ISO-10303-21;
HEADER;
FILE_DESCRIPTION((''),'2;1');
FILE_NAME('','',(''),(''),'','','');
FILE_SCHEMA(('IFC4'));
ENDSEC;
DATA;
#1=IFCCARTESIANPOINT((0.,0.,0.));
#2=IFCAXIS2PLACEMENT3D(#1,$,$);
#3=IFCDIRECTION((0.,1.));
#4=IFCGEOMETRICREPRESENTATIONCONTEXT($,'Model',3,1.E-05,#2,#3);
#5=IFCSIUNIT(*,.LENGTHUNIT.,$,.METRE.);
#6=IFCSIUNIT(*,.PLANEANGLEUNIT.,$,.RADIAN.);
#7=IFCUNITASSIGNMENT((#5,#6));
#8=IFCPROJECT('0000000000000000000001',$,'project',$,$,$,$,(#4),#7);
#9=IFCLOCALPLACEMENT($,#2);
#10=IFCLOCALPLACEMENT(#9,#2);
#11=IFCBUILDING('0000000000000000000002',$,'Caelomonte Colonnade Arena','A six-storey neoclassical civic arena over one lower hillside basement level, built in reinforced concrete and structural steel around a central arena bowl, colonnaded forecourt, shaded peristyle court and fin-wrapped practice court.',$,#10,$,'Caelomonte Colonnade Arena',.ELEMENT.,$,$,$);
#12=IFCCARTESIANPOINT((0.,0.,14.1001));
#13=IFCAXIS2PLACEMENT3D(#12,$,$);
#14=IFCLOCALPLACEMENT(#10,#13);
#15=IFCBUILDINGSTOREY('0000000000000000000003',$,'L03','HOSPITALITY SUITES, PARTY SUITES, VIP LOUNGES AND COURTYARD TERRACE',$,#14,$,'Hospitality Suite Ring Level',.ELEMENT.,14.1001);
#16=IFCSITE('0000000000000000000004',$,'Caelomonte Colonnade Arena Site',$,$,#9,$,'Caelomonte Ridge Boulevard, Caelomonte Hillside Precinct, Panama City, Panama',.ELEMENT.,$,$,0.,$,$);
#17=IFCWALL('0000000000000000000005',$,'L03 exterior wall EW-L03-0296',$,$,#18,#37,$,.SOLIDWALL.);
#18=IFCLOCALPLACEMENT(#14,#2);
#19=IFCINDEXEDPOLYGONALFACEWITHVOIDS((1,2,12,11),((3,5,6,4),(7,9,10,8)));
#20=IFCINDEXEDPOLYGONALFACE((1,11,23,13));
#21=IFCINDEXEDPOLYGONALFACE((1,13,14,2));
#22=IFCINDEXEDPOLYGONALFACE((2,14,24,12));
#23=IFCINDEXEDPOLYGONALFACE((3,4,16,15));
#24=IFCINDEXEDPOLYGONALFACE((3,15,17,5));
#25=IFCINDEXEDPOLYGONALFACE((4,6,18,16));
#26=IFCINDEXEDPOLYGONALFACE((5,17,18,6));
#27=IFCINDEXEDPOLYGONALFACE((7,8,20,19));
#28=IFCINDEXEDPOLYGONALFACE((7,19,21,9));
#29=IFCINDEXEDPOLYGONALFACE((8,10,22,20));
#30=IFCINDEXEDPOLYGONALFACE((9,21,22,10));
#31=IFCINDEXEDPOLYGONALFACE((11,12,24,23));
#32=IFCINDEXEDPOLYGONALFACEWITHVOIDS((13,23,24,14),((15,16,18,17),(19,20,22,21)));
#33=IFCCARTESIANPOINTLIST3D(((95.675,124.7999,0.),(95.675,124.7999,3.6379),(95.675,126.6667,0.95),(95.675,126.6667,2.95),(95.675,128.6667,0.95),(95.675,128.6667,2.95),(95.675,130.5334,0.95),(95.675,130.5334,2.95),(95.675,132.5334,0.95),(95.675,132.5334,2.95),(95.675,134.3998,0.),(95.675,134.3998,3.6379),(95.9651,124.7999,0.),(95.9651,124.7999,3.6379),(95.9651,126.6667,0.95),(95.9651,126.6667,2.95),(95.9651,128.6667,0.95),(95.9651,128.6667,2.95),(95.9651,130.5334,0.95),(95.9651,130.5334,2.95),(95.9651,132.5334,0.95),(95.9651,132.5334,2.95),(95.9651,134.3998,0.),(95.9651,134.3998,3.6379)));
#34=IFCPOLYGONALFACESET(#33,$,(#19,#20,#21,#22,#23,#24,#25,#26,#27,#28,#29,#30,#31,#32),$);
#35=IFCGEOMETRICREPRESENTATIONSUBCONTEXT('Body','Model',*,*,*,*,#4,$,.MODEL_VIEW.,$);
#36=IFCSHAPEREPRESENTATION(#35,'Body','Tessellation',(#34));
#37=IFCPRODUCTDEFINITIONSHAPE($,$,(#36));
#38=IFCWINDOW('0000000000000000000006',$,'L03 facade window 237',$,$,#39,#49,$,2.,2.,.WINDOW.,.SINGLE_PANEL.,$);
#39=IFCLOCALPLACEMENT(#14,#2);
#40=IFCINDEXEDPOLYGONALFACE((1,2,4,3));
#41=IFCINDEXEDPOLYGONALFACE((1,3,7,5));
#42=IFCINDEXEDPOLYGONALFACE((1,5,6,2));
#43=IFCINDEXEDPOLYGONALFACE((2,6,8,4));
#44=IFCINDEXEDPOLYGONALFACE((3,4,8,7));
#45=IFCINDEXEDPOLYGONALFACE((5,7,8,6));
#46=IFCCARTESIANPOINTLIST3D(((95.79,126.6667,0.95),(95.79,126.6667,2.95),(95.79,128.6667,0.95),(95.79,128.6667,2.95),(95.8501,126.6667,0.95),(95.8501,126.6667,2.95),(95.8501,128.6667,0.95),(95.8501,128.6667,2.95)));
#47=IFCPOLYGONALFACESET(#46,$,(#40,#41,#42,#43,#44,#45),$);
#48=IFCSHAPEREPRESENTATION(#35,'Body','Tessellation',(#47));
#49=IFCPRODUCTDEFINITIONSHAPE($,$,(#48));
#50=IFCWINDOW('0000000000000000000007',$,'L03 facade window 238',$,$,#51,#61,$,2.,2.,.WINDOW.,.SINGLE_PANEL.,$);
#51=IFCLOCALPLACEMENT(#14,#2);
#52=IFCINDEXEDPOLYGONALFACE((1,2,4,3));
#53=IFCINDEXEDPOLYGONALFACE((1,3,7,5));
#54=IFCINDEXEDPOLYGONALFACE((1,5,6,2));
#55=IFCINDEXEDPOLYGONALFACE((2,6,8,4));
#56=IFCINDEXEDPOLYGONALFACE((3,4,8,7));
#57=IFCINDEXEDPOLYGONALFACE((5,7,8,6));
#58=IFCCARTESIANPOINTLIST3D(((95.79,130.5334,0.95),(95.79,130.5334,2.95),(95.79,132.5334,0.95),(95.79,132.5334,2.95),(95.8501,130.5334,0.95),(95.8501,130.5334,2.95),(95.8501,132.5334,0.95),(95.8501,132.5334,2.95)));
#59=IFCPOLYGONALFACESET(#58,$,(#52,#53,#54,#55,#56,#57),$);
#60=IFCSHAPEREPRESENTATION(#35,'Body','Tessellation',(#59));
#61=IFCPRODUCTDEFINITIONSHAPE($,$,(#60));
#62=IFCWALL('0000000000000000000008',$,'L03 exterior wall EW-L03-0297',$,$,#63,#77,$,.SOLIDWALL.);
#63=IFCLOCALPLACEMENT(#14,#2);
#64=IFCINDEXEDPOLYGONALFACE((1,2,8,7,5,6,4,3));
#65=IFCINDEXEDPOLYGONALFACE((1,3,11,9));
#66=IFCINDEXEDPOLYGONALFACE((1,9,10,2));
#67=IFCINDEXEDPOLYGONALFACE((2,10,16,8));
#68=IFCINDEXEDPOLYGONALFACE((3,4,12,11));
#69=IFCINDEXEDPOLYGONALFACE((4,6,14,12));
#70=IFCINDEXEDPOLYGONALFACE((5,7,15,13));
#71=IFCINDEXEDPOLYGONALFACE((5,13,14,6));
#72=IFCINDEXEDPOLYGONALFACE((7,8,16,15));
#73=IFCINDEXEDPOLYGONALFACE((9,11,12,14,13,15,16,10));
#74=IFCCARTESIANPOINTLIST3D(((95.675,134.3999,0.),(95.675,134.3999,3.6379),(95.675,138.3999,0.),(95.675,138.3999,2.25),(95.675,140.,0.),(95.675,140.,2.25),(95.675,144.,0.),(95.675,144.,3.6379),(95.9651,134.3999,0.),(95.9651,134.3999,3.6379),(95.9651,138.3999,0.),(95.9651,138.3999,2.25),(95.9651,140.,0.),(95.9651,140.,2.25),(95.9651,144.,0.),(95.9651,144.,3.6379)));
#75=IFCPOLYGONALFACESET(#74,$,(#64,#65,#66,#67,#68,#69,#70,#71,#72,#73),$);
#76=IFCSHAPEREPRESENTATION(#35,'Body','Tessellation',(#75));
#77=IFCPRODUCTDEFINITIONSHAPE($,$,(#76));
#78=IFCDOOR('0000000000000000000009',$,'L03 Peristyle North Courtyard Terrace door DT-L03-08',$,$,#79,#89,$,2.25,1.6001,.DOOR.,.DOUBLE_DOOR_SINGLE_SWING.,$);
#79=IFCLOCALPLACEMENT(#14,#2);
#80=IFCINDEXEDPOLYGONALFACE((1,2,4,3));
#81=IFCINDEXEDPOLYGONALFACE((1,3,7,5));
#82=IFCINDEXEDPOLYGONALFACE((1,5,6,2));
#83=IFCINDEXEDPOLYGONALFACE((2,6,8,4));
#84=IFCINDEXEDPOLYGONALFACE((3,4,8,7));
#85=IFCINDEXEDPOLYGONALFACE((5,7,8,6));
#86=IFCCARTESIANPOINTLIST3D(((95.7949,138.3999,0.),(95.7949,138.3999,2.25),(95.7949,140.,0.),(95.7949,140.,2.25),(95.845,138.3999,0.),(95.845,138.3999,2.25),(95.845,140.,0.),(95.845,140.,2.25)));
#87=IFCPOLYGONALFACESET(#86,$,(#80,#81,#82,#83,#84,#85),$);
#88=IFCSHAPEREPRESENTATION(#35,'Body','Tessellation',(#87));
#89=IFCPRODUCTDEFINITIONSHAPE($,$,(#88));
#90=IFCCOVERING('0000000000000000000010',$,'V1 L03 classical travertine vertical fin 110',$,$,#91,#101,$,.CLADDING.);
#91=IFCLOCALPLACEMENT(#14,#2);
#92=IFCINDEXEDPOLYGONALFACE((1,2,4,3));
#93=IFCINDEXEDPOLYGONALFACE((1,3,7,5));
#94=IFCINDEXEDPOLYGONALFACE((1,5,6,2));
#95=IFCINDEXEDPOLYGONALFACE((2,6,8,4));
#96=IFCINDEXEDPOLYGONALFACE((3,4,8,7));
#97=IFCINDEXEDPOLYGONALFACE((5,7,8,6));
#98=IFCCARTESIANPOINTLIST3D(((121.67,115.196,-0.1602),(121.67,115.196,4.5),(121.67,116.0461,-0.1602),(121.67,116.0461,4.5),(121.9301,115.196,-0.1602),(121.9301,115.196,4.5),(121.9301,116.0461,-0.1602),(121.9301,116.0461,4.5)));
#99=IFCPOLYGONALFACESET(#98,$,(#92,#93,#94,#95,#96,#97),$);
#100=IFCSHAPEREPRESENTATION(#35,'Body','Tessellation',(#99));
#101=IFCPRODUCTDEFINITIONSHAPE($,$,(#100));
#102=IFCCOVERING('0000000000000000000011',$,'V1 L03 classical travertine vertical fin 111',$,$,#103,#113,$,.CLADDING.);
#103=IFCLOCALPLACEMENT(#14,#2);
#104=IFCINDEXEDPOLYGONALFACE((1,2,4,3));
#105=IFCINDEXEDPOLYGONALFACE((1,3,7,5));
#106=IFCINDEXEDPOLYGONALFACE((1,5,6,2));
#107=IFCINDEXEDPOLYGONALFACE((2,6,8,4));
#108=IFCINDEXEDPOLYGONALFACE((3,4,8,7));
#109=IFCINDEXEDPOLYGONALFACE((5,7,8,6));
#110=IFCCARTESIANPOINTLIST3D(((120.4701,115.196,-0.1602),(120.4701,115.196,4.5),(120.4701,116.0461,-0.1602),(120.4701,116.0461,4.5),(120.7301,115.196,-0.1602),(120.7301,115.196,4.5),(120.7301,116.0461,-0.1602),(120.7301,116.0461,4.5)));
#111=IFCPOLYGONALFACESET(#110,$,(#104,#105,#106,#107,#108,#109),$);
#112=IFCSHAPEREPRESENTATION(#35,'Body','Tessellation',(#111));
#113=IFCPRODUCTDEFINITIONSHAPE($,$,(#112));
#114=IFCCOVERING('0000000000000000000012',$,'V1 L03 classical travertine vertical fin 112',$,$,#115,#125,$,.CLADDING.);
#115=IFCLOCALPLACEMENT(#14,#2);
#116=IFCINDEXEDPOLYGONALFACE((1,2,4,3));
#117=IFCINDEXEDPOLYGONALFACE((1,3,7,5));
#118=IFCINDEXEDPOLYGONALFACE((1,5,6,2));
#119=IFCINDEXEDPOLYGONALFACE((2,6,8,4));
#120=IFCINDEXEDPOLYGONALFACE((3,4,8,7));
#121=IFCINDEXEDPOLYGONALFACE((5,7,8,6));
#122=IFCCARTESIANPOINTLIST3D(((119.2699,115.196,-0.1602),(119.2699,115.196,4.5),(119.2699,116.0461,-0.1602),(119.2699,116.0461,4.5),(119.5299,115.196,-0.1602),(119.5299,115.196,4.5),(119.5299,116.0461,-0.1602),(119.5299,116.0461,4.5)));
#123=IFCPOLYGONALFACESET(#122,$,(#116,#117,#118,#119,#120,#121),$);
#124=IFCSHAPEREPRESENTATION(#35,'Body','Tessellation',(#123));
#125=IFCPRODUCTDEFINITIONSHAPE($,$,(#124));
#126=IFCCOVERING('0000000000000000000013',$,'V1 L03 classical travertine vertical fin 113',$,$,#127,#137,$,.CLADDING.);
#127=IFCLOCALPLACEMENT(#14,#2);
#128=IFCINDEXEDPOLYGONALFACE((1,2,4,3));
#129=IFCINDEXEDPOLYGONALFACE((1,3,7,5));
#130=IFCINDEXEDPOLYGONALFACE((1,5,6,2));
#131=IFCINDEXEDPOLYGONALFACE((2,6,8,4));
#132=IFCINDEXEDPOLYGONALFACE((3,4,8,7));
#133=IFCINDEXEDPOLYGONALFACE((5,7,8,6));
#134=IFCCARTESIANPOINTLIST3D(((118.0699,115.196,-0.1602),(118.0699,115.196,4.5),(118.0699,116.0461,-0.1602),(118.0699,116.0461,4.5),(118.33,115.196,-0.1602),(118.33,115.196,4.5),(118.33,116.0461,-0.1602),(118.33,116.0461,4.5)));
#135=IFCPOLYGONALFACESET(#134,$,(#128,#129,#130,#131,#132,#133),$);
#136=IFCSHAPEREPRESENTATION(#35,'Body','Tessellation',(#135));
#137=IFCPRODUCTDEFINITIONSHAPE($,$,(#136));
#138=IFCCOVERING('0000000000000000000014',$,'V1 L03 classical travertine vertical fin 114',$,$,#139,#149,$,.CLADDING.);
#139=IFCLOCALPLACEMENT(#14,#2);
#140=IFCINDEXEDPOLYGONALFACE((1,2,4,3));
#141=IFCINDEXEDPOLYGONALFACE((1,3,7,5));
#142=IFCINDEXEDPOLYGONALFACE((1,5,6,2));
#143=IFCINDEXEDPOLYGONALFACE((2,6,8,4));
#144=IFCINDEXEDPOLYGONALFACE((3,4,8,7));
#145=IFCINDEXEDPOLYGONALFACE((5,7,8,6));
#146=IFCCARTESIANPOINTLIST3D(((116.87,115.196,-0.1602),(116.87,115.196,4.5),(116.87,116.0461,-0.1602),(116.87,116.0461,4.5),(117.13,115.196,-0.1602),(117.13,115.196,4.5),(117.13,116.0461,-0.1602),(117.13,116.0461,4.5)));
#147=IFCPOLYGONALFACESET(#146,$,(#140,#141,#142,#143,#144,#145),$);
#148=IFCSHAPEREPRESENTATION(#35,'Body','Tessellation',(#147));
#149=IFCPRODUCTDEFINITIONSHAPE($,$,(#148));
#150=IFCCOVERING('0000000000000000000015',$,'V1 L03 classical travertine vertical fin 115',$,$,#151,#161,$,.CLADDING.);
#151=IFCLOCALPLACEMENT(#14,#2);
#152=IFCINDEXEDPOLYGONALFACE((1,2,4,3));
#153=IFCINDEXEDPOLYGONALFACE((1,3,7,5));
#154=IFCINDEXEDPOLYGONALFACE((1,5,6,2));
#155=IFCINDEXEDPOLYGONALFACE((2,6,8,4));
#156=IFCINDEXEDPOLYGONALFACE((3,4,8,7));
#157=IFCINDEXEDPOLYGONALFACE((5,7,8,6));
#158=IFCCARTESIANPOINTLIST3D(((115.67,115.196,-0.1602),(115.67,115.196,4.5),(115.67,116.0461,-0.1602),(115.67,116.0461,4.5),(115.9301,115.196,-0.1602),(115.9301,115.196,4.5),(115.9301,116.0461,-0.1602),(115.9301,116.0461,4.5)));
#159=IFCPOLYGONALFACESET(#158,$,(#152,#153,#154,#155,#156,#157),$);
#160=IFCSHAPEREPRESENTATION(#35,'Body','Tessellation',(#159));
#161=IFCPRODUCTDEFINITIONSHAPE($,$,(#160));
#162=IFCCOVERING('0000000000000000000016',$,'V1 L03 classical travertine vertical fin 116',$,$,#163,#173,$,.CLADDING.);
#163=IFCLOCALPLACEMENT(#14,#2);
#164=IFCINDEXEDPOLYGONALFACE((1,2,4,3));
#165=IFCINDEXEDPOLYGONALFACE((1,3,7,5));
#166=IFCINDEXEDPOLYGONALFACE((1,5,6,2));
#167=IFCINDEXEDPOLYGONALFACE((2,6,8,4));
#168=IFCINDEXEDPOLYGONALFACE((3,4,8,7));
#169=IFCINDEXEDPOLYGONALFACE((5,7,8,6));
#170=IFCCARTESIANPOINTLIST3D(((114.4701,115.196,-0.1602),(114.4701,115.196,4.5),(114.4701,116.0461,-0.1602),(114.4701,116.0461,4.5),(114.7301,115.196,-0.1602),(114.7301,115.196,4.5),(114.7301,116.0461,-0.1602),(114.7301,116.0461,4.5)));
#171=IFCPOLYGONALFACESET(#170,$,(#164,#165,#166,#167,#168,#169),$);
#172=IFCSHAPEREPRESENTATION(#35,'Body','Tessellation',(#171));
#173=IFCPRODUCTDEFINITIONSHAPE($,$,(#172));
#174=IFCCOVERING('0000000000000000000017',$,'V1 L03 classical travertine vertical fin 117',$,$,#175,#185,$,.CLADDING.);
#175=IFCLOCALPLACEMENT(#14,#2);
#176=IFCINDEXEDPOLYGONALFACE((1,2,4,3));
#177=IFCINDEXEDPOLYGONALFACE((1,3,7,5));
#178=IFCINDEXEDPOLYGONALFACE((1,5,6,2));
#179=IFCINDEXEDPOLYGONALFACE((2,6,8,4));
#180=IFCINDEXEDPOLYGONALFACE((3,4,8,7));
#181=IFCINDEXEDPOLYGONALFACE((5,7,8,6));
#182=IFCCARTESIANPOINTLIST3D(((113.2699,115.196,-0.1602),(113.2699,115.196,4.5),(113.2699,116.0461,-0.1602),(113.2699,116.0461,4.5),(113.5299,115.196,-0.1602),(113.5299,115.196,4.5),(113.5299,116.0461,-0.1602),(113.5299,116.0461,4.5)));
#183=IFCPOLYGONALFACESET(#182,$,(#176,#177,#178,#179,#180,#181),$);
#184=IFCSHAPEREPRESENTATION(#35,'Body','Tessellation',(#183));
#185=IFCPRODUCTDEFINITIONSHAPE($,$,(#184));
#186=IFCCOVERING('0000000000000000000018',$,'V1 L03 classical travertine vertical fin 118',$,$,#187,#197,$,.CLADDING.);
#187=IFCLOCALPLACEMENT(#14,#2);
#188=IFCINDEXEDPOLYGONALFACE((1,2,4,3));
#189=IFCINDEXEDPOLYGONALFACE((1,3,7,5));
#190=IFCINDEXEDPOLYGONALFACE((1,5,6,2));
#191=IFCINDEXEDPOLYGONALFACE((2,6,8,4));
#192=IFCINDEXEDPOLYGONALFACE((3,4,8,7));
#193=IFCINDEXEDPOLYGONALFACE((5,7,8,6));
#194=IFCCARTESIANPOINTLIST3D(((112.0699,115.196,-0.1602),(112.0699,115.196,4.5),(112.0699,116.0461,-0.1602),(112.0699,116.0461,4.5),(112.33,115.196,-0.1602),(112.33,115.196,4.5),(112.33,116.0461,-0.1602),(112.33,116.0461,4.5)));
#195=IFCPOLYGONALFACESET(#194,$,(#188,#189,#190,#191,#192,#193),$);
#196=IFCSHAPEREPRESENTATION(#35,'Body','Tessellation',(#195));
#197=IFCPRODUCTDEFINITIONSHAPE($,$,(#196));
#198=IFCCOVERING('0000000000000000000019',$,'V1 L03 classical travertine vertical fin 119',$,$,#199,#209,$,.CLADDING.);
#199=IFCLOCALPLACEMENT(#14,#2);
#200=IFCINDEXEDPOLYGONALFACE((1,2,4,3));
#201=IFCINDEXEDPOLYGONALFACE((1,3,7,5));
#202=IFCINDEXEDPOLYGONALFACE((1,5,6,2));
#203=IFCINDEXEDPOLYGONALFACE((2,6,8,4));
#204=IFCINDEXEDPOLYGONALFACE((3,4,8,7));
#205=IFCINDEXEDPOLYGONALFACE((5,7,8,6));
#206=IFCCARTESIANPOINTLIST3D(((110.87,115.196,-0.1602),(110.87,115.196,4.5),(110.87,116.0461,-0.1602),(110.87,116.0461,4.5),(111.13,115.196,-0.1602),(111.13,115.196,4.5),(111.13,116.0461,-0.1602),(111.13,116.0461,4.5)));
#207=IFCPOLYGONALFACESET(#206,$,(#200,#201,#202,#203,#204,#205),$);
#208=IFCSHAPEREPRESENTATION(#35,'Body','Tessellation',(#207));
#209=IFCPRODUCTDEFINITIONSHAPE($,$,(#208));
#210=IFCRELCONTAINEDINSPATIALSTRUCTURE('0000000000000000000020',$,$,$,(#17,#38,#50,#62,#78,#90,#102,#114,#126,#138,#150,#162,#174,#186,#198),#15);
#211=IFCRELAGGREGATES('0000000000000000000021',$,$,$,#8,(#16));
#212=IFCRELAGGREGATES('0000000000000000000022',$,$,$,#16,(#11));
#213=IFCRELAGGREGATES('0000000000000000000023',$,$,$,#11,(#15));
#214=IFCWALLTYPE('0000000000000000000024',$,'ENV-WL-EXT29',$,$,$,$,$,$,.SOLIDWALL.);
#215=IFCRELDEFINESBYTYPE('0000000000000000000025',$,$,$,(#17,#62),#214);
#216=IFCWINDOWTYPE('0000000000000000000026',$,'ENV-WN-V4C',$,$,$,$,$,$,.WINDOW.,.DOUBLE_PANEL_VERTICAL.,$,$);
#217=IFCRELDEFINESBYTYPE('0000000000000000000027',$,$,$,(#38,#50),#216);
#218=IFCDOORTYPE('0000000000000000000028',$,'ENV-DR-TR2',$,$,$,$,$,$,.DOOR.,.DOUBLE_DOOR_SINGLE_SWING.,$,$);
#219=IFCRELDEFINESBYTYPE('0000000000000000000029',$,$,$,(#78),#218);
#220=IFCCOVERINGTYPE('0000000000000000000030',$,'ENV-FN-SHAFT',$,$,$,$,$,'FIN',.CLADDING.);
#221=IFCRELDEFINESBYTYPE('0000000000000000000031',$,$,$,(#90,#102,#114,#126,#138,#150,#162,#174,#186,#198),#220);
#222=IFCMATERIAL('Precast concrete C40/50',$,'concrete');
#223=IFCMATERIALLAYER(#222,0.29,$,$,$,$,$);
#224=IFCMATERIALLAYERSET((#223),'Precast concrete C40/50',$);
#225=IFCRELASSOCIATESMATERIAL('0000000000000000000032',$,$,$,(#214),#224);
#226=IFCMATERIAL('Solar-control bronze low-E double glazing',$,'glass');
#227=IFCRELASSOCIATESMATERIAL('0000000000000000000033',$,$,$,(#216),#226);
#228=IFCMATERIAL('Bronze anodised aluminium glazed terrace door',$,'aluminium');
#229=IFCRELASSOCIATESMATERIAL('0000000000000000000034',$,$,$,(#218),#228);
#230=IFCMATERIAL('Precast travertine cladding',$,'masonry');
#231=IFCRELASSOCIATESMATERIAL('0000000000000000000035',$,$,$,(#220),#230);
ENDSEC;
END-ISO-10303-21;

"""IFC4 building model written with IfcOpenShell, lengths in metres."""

from ifc_helpers import new_model, si_unit, direction, frame, frame_2d, origin, origin_2d, place, context, subcontext, project, spatial, rectangle, extrude, material, layer, layer_set, material_profile, profile_set, type_object, element, fill, save


model = new_model("IFC4")

# Units and contexts
model_context = context("Model", 3, precision=1e-05, world=origin(), true_north=direction((0.0, 1.0)))
body_context = subcontext(model_context, "Body", "Model", "MODEL_VIEW")
ifc_project = project(units=[si_unit("LENGTHUNIT", "METRE"), si_unit("PLANEANGLEUNIT", "RADIAN")], contexts=[model_context])

# Site, building, storey
site_placement = place(None, origin())
site = spatial("IfcSite", under=ifc_project, at=site_placement, Name="Caelomonte Colonnade Arena Site", LongName="Caelomonte Ridge Boulevard, Caelomonte Hillside Precinct, Panama City, Panama", CompositionType="ELEMENT", RefElevation=0.0)
building_placement = place(site_placement, origin())
building = spatial("IfcBuilding", under=site, at=building_placement, Name="Caelomonte Colonnade Arena", Description="A six-storey neoclassical civic arena over one lower hillside basement level, built in reinforced concrete and structural steel around a central arena bowl, colonnaded forecourt, shaded peristyle court and fin-wrapped practice court.", LongName="Caelomonte Colonnade Arena", CompositionType="ELEMENT")
storey_placement = place(building_placement, frame((0.0, 0.0, 14.1001)))
storey = spatial("IfcBuildingStorey", under=building, at=storey_placement, Name="L03", Description="HOSPITALITY SUITES, PARTY SUITES, VIP LOUNGES AND COURTYARD TERRACE", LongName="Hospitality Suite Ring Level", CompositionType="ELEMENT", Elevation=14.1001)

# Wall, openings, windows
ifc_material_1 = material(Name="Precast concrete C40/50", Category="concrete")
ifc_layer = layer(ifc_material_1, 0.29)
ifc_layer_set = layer_set([ifc_layer], Name="Precast concrete C40/50")
wall_type = type_object("IfcWallType", Name="ENV-WL-EXT29", PredefinedType="SOLIDWALL", material=ifc_layer_set)
wall_1_placement = place(storey_placement, frame((95.8201, 124.8, 0.0), z_axis=(0.0, 0.0, 1.0), x_axis=(0.0, 1.0, 0.0)))
wall_1 = element("IfcWall", 1, at=wall_1_placement, inside=storey, type_object=wall_type, Name="L03 exterior wall EW-L03-0296", PredefinedType="SOLIDWALL", context=body_context, shape_type="SweptSolid", body=[
    extrude(rectangle(XDim=9.5999, YDim=0.29, at=frame_2d((4.7998, 0.0))), origin(), (0.0, 0.0, 1.0), 3.6379),
])
opening_1_placement = place(wall_1_placement, frame((3.8667, 0.0, 0.95), z_axis=(0.0, 0.0, 1.0), x_axis=(-1.0, 0.0, 0.0)))
opening_1 = element("IfcOpeningElement", 2, at=opening_1_placement, cuts=wall_1, PredefinedType="OPENING", context=body_context, shape_type="SweptSolid", body=[
    extrude(rectangle(XDim=2.0, YDim=2.0, at=frame_2d((1.0, 1.0))), frame((0.0, 0.155, 0.0), z_axis=(0.0, -1.0, 0.0), x_axis=(1.0, 0.0, 0.0)), (0.0, 0.0, 1.0), 0.3101),
])
opening_2_placement = place(wall_1_placement, frame((7.7334, 0.0, 0.95), z_axis=(0.0, 0.0, 1.0), x_axis=(-1.0, 0.0, 0.0)))
opening_2 = element("IfcOpeningElement", 3, at=opening_2_placement, cuts=wall_1, PredefinedType="OPENING", context=body_context, shape_type="SweptSolid", body=[
    extrude(rectangle(XDim=2.0, YDim=2.0, at=frame_2d((1.0, 1.0))), frame((0.0, 0.155, 0.0), z_axis=(0.0, -1.0, 0.0), x_axis=(1.0, 0.0, 0.0)), (0.0, 0.0, 1.0), 0.3101),
])
ifc_material_2 = material(Name="Solar-control bronze low-E double glazing", Category="glass")
window_type = type_object("IfcWindowType", Name="ENV-WN-V4C", PartitioningType="DOUBLE_PANEL_VERTICAL", PredefinedType="WINDOW", material=ifc_material_2)
window_1_placement = place(opening_1_placement, origin())
window_1 = element("IfcWindow", 4, at=window_1_placement, inside=storey, type_object=window_type, Name="L03 facade window 237", OverallHeight=2.0, OverallWidth=2.0, PartitioningType="SINGLE_PANEL", PredefinedType="WINDOW", context=body_context, shape_type="SweptSolid", body=[
    extrude(rectangle(XDim=2.0, YDim=2.0, at=frame_2d((1.0, 1.0))), frame((0.0, 0.03, 0.0), z_axis=(0.0, -1.0, 0.0), x_axis=(1.0, 0.0, 0.0)), (0.0, 0.0, 1.0), 0.0601),
])
fill(opening_1, window_1)
window_2_placement = place(opening_2_placement, origin())
window_2 = element("IfcWindow", 5, at=window_2_placement, inside=storey, type_object=window_type, Name="L03 facade window 238", OverallHeight=2.0, OverallWidth=2.0, PartitioningType="SINGLE_PANEL", PredefinedType="WINDOW", context=body_context, shape_type="SweptSolid", body=[
    extrude(rectangle(XDim=2.0, YDim=2.0, at=frame_2d((1.0, 1.0))), frame((0.0, 0.03, 0.0), z_axis=(0.0, -1.0, 0.0), x_axis=(1.0, 0.0, 0.0)), (0.0, 0.0, 1.0), 0.0601),
])
fill(opening_2, window_2)

# Wall, opening, door
wall_2_placement = place(storey_placement, frame((95.8201, 134.3999, 0.0), z_axis=(0.0, 0.0, 1.0), x_axis=(0.0, 1.0, 0.0)))
wall_2 = element("IfcWall", 6, at=wall_2_placement, inside=storey, type_object=wall_type, Name="L03 exterior wall EW-L03-0297", PredefinedType="SOLIDWALL", context=body_context, shape_type="SweptSolid", body=[
    extrude(rectangle(XDim=9.6001, YDim=0.29, at=frame_2d((4.8, 0.0))), origin(), (0.0, 0.0, 1.0), 3.6379),
])
opening_3_placement = place(wall_2_placement, frame((5.6001, 0.0, 0.0), z_axis=(0.0, 0.0, 1.0), x_axis=(-1.0, 0.0, 0.0)))
opening_3 = element("IfcOpeningElement", 7, at=opening_3_placement, cuts=wall_2, PredefinedType="OPENING", context=body_context, shape_type="SweptSolid", body=[
    extrude(rectangle(XDim=1.6001, YDim=2.25, at=frame_2d((0.8, 1.125))), frame((0.0, 0.155, 0.0), z_axis=(0.0, -1.0, 0.0), x_axis=(1.0, 0.0, 0.0)), (0.0, 0.0, 1.0), 0.3101),
])
ifc_material_3 = material(Name="Bronze anodised aluminium glazed terrace door", Category="aluminium")
door_type = type_object("IfcDoorType", Name="ENV-DR-TR2", OperationType="DOUBLE_DOOR_SINGLE_SWING", PredefinedType="DOOR", material=ifc_material_3)
door_placement = place(opening_3_placement, origin())
door = element("IfcDoor", 8, at=door_placement, inside=storey, type_object=door_type, Name="L03 Peristyle North Courtyard Terrace door DT-L03-08", OperationType="DOUBLE_DOOR_SINGLE_SWING", OverallHeight=2.25, OverallWidth=1.6001, PredefinedType="DOOR", context=body_context, shape_type="SweptSolid", body=[
    extrude(rectangle(XDim=1.6001, YDim=2.25, at=frame_2d((0.8, 1.125))), frame((0.0, 0.0249, 0.0), z_axis=(0.0, -1.0, 0.0), x_axis=(1.0, 0.0, 0.0)), (0.0, 0.0, 1.0), 0.05),
])
fill(opening_3, door)

# Coverings
ifc_material_4 = material(Name="Precast travertine cladding", Category="masonry")
ifc_material_profile_1 = material_profile(ifc_material_4, rectangle(XDim=0.26, YDim=0.8501, at=origin_2d()), Name="FIN260X850")
ifc_profile_set_1 = profile_set([ifc_material_profile_1], Name="Precast travertine cladding")
covering_type = type_object("IfcCoveringType", Name="ENV-FN-SHAFT", ElementType="FIN", PredefinedType="CLADDING", material=ifc_profile_set_1)
for number, where, z_axis, x_axis, name in (
    (9, (121.8, 115.6211, -0.1602), (0.0, 0.0, 1.0), (1.0, 0.0, 0.0), "V1 L03 classical travertine vertical fin 110"),
    (10, (120.6001, 115.6211, -0.1602), (0.0, 0.0, 1.0), (1.0, 0.0, 0.0), "V1 L03 classical travertine vertical fin 111"),
    (11, (119.3999, 115.6211, -0.1602), (0.0, 0.0, 1.0), (1.0, 0.0, 0.0), "V1 L03 classical travertine vertical fin 112"),
    (12, (118.2, 115.6211, -0.1602), (0.0, 0.0, 1.0), (1.0, 0.0, 0.0), "V1 L03 classical travertine vertical fin 113"),
    (13, (117.0, 115.6211, -0.1602), (0.0, 0.0, 1.0), (1.0, 0.0, 0.0), "V1 L03 classical travertine vertical fin 114"),
    (14, (115.8, 115.6211, -0.1602), (0.0, 0.0, 1.0), (1.0, 0.0, 0.0), "V1 L03 classical travertine vertical fin 115"),
    (15, (114.6001, 115.6211, -0.1602), (0.0, 0.0, 1.0), (1.0, 0.0, 0.0), "V1 L03 classical travertine vertical fin 116"),
    (16, (113.3999, 115.6211, -0.1602), (0.0, 0.0, 1.0), (1.0, 0.0, 0.0), "V1 L03 classical travertine vertical fin 117"),
    (17, (112.2, 115.6211, -0.1602), (0.0, 0.0, 1.0), (1.0, 0.0, 0.0), "V1 L03 classical travertine vertical fin 118"),
    (18, (111.0, 115.6211, -0.1602), (0.0, 0.0, 1.0), (1.0, 0.0, 0.0), "V1 L03 classical travertine vertical fin 119"),
):
    element("IfcCovering", number, at=place(storey_placement, frame(where, z_axis=z_axis, x_axis=x_axis)), inside=storey, type_object=covering_type, Name=name, PredefinedType="CLADDING", context=body_context, shape_type="SweptSolid", body=[
        extrude(rectangle(XDim=0.26, YDim=0.8501, at=origin_2d()), origin(), (0.0, 0.0, 1.0), 4.6602),
    ])

save(model, "model.ifc")
